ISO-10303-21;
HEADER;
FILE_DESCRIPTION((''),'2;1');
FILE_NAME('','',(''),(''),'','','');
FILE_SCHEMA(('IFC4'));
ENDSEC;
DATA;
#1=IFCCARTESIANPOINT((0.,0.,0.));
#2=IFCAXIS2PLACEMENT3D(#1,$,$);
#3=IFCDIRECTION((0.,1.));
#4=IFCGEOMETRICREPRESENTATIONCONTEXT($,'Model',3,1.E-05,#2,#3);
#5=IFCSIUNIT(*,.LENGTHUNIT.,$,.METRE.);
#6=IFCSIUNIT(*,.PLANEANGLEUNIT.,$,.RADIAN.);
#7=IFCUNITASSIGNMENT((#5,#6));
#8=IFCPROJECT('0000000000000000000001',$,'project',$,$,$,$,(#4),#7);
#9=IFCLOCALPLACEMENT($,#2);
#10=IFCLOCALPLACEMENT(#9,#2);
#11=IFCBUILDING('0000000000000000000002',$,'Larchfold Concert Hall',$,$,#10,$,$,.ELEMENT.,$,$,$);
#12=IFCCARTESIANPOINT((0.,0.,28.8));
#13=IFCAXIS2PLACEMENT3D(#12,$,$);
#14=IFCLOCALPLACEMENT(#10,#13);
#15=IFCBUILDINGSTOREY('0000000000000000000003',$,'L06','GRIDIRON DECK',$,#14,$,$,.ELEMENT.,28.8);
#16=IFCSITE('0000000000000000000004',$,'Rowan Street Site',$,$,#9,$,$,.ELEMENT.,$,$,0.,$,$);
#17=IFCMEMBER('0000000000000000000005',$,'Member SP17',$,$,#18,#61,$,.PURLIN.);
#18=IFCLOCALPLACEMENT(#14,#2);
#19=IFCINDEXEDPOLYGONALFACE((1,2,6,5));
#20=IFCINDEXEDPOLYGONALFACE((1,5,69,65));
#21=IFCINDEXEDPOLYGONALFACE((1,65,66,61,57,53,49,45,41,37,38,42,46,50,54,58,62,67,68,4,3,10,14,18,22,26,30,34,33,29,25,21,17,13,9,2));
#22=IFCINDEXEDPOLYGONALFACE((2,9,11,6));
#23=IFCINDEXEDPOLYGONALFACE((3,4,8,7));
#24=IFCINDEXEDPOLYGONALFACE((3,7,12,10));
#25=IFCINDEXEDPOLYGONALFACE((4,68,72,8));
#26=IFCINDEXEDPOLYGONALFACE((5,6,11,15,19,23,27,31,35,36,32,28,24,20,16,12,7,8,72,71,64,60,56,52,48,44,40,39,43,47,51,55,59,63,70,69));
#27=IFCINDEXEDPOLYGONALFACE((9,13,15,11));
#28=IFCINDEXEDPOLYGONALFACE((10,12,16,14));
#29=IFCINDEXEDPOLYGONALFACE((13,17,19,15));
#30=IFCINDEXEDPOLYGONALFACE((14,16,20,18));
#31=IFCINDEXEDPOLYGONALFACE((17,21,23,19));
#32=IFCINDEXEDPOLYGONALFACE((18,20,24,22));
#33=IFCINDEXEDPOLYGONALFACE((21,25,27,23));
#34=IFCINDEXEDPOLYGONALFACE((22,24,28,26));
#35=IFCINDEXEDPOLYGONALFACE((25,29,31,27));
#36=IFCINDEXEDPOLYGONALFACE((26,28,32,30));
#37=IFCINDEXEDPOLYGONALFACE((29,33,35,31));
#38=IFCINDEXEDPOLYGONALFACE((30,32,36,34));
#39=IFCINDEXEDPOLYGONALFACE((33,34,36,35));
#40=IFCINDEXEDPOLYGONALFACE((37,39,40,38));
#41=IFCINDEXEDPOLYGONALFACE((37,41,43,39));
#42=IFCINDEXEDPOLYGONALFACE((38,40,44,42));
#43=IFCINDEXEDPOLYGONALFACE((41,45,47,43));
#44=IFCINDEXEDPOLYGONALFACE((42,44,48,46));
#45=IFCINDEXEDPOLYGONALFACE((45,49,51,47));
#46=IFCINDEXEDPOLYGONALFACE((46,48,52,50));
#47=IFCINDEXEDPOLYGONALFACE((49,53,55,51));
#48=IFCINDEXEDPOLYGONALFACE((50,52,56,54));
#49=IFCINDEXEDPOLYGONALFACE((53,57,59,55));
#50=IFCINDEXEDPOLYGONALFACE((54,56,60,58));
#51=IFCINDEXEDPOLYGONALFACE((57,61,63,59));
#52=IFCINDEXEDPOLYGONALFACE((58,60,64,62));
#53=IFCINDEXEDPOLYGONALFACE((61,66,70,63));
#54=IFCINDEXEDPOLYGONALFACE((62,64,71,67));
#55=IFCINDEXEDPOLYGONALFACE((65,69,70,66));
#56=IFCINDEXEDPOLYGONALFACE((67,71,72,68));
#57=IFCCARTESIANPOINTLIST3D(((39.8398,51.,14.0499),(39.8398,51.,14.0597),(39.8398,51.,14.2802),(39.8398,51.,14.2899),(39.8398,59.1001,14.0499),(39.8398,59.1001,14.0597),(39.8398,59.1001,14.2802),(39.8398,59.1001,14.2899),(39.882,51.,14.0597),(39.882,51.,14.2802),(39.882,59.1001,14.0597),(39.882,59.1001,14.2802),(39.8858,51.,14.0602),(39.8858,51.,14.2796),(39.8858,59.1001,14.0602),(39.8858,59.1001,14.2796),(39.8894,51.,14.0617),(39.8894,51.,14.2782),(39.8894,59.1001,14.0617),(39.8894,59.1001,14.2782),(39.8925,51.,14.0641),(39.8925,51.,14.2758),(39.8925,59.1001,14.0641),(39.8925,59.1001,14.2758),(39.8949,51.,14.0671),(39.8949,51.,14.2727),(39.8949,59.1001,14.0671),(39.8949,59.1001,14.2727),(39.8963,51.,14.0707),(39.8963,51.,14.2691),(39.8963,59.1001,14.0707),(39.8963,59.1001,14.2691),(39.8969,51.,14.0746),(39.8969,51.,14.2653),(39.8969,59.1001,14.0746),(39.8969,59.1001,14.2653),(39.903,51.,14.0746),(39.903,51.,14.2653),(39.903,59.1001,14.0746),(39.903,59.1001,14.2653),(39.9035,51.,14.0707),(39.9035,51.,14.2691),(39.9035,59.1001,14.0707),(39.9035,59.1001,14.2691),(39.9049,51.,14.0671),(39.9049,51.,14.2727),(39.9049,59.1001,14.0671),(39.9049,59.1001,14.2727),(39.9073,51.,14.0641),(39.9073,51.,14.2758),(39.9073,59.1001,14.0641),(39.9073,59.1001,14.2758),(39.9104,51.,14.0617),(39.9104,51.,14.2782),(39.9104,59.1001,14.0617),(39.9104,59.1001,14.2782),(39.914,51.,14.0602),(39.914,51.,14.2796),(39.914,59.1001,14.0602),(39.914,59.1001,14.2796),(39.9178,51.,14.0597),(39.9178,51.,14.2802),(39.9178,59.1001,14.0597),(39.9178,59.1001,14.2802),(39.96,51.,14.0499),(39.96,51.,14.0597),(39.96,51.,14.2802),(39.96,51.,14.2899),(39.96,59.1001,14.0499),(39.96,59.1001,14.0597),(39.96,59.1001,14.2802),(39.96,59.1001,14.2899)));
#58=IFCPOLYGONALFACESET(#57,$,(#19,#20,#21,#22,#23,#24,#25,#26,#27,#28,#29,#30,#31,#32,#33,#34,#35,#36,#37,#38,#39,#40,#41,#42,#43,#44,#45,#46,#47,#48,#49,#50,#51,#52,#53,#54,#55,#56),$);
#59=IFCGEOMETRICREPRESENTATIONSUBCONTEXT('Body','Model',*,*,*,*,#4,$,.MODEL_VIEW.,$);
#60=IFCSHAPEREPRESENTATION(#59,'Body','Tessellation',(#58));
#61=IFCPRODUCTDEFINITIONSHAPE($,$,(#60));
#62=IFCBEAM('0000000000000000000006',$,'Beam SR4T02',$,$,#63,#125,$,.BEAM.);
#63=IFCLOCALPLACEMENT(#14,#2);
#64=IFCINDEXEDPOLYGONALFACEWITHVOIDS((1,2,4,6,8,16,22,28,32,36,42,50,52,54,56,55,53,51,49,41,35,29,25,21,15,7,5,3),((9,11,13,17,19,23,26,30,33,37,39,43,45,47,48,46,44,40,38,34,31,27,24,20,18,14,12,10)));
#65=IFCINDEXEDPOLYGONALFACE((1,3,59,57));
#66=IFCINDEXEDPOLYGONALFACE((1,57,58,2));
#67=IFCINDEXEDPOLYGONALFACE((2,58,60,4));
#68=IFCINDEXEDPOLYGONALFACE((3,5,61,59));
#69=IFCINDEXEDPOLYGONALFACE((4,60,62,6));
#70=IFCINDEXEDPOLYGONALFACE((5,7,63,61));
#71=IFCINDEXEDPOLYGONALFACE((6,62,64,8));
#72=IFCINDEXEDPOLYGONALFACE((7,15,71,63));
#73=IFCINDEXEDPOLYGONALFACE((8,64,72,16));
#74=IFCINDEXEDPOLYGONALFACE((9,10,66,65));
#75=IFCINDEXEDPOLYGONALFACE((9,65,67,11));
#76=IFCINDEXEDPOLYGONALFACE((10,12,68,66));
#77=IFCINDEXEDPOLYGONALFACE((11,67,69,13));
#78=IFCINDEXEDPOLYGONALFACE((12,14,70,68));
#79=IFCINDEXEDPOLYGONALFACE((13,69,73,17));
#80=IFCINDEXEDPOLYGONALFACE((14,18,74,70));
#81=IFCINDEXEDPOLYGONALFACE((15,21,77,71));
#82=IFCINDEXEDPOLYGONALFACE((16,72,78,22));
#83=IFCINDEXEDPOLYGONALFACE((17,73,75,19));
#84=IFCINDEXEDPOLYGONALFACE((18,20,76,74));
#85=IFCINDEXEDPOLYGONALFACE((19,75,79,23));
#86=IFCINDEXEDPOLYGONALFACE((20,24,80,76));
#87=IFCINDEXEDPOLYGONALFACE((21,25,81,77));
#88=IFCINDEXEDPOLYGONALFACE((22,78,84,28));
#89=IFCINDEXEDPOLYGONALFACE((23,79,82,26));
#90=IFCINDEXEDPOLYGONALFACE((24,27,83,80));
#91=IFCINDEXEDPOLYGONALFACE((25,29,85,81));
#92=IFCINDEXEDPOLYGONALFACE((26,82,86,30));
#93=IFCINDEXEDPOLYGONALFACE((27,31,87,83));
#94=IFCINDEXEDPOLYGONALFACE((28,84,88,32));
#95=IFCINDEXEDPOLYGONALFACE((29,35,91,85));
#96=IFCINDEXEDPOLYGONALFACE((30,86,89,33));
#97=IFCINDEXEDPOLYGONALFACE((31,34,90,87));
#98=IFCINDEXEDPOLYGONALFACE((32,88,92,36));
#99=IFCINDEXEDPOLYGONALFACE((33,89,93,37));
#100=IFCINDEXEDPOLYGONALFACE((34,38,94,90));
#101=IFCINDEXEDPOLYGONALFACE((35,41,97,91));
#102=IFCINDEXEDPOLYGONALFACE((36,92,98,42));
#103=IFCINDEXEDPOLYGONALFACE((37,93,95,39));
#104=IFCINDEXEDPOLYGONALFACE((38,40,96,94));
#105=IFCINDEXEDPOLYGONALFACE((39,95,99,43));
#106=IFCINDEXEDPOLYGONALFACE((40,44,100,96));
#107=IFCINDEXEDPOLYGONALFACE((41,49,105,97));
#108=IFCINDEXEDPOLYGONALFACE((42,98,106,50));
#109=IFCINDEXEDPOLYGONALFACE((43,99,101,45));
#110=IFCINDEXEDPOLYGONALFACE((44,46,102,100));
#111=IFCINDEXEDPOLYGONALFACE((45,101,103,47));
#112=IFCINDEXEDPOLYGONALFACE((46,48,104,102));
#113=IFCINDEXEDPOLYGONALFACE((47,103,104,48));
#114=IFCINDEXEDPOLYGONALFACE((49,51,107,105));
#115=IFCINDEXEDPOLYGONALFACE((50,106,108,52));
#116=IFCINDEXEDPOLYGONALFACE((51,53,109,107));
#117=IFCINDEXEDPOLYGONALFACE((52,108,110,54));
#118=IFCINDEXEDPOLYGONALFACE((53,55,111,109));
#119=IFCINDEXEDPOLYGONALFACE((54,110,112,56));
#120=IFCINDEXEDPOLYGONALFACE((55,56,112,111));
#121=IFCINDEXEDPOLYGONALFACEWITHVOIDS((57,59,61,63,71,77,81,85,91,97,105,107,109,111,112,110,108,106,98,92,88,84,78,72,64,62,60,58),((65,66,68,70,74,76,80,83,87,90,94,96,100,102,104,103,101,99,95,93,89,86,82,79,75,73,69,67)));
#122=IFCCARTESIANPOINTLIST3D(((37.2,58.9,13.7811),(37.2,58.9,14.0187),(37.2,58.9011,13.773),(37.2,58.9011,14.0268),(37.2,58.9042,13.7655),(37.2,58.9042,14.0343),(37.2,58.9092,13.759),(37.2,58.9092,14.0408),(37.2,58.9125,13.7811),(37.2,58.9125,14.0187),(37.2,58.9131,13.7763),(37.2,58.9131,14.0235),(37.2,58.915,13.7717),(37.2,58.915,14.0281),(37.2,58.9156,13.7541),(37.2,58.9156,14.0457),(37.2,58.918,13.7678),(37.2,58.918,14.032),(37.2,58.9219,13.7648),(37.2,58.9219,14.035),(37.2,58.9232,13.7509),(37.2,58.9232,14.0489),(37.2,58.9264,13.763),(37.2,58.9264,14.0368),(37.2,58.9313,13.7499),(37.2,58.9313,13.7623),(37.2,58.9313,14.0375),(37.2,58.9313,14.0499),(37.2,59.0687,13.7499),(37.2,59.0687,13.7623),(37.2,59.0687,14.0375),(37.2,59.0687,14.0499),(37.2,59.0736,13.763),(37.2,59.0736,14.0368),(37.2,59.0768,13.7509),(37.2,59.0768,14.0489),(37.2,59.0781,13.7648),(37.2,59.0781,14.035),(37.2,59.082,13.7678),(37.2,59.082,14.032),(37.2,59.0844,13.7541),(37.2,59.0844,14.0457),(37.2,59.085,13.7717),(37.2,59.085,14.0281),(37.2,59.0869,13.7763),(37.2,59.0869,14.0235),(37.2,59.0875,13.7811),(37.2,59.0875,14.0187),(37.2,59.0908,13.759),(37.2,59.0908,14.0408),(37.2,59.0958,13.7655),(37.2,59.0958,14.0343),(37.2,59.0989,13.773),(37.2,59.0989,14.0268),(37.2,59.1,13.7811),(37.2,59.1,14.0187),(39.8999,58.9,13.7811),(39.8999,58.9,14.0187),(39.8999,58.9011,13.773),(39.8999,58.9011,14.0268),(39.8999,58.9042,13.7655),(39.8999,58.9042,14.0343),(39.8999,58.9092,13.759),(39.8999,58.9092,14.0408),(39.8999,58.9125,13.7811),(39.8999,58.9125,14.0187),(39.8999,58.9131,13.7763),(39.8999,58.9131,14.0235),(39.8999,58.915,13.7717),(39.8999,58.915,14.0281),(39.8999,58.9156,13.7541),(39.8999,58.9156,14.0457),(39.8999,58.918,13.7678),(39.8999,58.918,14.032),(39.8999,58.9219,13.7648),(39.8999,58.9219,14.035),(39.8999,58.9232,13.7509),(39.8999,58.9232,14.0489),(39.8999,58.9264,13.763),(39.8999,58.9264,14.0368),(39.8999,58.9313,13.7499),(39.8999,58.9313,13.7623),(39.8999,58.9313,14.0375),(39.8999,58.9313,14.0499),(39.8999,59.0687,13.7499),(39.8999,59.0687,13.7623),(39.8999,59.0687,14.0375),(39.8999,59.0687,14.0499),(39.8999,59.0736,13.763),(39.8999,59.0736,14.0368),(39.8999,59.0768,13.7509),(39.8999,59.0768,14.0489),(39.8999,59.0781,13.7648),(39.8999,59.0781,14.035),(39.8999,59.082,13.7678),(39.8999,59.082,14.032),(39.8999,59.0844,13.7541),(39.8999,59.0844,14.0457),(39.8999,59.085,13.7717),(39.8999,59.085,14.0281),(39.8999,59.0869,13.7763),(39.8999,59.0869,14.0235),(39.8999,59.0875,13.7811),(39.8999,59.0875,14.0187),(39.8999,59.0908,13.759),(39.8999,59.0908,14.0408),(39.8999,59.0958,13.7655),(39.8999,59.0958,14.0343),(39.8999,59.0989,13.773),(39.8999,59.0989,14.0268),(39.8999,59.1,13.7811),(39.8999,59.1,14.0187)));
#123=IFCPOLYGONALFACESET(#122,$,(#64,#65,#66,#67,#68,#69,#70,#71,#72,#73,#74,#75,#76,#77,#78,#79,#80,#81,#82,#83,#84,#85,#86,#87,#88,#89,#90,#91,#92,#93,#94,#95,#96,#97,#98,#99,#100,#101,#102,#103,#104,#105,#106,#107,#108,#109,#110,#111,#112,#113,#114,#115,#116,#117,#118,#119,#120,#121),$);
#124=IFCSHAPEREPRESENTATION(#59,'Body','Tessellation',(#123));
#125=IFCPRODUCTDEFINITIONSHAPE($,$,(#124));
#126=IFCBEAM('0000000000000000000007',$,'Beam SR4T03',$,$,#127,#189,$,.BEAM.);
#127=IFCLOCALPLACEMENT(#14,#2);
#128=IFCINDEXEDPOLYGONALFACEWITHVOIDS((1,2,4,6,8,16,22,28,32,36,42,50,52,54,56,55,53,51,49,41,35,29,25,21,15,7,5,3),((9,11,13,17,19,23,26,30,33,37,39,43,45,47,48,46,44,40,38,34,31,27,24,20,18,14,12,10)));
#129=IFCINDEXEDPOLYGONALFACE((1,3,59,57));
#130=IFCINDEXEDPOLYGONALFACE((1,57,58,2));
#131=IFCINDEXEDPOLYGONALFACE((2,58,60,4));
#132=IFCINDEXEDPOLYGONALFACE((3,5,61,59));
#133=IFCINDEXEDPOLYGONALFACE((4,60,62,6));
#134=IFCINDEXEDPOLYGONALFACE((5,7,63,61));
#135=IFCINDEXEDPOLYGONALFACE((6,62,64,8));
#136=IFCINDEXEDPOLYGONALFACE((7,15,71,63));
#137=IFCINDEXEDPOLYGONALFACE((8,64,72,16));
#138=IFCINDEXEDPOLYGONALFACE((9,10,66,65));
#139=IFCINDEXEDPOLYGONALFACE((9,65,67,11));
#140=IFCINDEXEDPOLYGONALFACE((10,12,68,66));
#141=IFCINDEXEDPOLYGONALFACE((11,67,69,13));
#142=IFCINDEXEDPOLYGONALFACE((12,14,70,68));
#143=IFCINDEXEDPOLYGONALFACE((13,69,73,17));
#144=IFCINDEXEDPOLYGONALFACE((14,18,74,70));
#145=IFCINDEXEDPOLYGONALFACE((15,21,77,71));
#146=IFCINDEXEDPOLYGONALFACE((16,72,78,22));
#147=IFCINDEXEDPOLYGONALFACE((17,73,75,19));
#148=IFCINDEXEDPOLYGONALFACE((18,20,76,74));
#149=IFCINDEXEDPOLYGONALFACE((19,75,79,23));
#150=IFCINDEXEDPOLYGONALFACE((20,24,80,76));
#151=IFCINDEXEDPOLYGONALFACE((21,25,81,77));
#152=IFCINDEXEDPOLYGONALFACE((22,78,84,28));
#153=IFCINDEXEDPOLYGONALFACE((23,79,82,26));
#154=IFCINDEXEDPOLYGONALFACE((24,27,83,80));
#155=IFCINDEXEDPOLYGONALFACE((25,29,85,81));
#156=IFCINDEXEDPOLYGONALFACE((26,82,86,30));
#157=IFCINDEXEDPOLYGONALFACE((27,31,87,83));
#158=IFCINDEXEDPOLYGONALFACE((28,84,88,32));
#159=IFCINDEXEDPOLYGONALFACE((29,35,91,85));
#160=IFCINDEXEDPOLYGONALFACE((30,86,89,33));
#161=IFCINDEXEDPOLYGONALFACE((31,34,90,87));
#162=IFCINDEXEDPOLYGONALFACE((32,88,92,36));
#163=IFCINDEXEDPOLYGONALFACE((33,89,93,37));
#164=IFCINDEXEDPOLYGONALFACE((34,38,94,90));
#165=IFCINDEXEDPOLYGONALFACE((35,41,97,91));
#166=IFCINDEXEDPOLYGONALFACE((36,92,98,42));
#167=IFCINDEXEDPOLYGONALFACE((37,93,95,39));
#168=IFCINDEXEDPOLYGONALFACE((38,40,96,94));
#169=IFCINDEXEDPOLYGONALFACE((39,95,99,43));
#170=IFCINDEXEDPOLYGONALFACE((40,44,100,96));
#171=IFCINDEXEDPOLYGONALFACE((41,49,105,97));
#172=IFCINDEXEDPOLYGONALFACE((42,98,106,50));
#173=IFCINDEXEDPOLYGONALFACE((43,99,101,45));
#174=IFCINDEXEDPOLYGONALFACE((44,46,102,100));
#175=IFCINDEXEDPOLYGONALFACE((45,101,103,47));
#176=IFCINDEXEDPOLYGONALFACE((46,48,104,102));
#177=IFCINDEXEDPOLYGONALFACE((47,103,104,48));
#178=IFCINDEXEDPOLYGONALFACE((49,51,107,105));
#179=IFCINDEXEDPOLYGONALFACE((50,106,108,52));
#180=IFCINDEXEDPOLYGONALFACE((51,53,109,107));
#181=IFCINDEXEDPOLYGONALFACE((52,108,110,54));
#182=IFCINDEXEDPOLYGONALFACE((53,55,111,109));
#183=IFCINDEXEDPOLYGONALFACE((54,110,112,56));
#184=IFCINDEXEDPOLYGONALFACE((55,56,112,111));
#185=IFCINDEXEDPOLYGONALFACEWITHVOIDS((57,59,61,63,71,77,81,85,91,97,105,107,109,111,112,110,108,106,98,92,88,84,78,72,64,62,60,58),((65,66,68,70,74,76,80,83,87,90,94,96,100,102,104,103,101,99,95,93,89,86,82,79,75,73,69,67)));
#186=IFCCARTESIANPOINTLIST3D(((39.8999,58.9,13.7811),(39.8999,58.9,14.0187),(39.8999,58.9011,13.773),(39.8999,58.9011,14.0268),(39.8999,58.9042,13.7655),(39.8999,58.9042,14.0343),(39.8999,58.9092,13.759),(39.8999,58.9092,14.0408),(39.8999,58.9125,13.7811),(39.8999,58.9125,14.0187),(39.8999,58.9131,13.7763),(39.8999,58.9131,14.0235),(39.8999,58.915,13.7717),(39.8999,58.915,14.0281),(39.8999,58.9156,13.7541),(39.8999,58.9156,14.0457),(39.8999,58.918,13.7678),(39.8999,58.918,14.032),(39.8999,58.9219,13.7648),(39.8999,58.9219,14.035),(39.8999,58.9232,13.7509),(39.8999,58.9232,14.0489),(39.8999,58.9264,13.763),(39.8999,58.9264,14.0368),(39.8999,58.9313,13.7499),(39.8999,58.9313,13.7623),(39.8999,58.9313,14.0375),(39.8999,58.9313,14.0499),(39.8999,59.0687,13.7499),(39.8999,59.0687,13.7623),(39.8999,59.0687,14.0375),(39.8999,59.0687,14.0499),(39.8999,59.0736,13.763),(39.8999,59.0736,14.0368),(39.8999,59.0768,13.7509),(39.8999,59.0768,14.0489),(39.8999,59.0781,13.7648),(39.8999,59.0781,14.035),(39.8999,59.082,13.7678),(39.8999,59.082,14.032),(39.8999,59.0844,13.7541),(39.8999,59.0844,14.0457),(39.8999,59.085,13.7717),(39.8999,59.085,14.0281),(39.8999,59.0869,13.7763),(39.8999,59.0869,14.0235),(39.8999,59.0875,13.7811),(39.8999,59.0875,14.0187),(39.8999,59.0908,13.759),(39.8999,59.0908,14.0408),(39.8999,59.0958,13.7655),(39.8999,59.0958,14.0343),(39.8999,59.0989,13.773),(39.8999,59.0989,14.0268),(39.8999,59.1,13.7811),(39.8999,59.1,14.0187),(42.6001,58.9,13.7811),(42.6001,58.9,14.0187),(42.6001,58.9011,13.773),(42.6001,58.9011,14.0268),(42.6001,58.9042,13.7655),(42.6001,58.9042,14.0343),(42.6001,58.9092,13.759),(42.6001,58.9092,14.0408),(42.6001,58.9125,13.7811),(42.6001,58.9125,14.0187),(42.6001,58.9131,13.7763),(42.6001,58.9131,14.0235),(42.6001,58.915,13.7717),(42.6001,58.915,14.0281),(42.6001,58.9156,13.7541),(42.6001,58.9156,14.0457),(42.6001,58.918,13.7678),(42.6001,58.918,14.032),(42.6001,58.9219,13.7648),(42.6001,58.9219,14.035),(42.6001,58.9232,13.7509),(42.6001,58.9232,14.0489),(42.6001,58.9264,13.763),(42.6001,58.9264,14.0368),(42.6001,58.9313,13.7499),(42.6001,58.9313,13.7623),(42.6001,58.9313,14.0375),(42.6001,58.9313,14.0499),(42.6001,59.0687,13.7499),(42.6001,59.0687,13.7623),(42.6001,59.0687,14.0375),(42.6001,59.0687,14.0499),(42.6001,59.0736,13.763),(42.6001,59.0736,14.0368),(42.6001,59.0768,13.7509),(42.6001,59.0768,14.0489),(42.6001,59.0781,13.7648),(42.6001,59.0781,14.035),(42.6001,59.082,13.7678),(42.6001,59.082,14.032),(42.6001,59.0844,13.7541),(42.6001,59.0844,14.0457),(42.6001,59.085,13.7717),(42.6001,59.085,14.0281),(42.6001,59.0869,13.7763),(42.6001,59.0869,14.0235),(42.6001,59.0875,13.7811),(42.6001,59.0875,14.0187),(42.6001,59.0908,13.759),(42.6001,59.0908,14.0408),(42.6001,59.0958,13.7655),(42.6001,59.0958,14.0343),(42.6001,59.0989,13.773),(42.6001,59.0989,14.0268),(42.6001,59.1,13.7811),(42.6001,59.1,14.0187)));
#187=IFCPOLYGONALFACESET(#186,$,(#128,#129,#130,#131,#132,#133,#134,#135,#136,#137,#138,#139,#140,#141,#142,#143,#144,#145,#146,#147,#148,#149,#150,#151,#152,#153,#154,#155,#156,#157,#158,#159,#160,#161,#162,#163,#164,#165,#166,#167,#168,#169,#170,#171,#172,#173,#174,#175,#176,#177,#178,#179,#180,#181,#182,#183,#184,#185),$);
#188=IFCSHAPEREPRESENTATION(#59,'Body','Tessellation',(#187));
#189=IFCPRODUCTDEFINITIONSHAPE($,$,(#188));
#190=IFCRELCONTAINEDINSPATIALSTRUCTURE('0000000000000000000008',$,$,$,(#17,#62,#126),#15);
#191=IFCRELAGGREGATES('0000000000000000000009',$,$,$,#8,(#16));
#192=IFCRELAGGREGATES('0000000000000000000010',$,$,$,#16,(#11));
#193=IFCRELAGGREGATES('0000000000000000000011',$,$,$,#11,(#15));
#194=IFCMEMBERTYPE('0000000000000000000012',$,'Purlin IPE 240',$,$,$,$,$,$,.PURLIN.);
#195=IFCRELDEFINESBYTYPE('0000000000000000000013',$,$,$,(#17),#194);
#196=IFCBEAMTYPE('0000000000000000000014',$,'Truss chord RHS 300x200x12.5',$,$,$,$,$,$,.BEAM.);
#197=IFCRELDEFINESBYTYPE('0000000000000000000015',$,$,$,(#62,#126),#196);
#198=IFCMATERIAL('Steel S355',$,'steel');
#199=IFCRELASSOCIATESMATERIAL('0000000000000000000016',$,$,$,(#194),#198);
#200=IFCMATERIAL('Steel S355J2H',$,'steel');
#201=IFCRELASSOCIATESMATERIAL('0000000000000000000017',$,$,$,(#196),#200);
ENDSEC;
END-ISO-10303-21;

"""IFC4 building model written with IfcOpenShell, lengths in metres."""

from ifc_helpers import new_model, si_unit, direction, frame, origin, origin_2d, place, context, subcontext, project, spatial, hollow_rectangle, i_section, extrude, material, material_profile, profile_set, type_object, element, save


model = new_model("IFC4")

# Units and contexts
model_context = context("Model", 3, precision=1e-05, world=origin(), true_north=direction((0.0, 1.0)))
body_context = subcontext(model_context, "Body", "Model", "MODEL_VIEW")
ifc_project = project(units=[si_unit("LENGTHUNIT", "METRE"), si_unit("PLANEANGLEUNIT", "RADIAN")], contexts=[model_context])

# Site, building, storey
site_placement = place(None, origin())
site = spatial("IfcSite", under=ifc_project, at=site_placement, Name="Rowan Street Site", CompositionType="ELEMENT", RefElevation=0.0)
building_placement = place(site_placement, origin())
building = spatial("IfcBuilding", under=site, at=building_placement, Name="Larchfold Concert Hall", CompositionType="ELEMENT")
storey_placement = place(building_placement, frame((0.0, 0.0, 28.8)))
storey = spatial("IfcBuildingStorey", under=building, at=storey_placement, Name="L06", Description="GRIDIRON DECK", CompositionType="ELEMENT", Elevation=28.8)

# Member
ifc_material_1 = material(Name="Steel S355", Category="steel")
ifc_material_profile_1 = material_profile(ifc_material_1, i_section(OverallWidth=0.1201, OverallDepth=0.24, WebThickness=0.0061, FlangeThickness=0.0098, FilletRadius=0.0149, at=origin_2d()))
ifc_profile_set_1 = profile_set([ifc_material_profile_1], Name="Steel S355")
member_type_1 = type_object("IfcMemberType", Name="Purlin IPE 240", PredefinedType="PURLIN", material=ifc_profile_set_1)
member_1_placement = place(storey_placement, frame((39.8999, 51.0, 14.1699), z_axis=(0.0, 1.0, 0.0), x_axis=(-1.0, 0.0, 0.0)))
element("IfcMember", 1, at=member_1_placement, inside=storey, type_object=member_type_1, Name="Member SP17", PredefinedType="PURLIN", context=body_context, shape_type="SweptSolid", body=[
    extrude(i_section(OverallWidth=0.1201, OverallDepth=0.24, WebThickness=0.0061, FlangeThickness=0.0098, FilletRadius=0.0149, at=origin_2d()), origin(), (0.0, 0.0, 1.0), 8.1001),
])

# Beams
ifc_material_2 = material(Name="Steel S355J2H", Category="steel")
ifc_material_profile_2 = material_profile(ifc_material_2, hollow_rectangle(XDim=0.2, YDim=0.3, WallThickness=0.0125, InnerFilletRadius=0.0188, OuterFilletRadius=0.0312, at=origin_2d()))
ifc_profile_set_2 = profile_set([ifc_material_profile_2], Name="Steel S355J2H")
beam_type_1 = type_object("IfcBeamType", Name="Truss chord RHS 300x200x12.5", PredefinedType="BEAM", material=ifc_profile_set_2)
beam_1_placement = place(storey_placement, frame((37.2, 59.0, 13.8999), z_axis=(1.0, 0.0, 0.0), x_axis=(0.0, 1.0, 0.0)))
element("IfcBeam", 2, at=beam_1_placement, inside=storey, type_object=beam_type_1, Name="Beam SR4T02", PredefinedType="BEAM", context=body_context, shape_type="SweptSolid", body=[
    extrude(hollow_rectangle(XDim=0.2, YDim=0.3, WallThickness=0.0125, InnerFilletRadius=0.0188, OuterFilletRadius=0.0312, at=origin_2d()), origin(), (0.0, 0.0, 1.0), 2.7),
])
beam_2_placement = place(storey_placement, frame((39.8999, 59.0, 13.8999), z_axis=(1.0, 0.0, 0.0), x_axis=(0.0, 1.0, 0.0)))
element("IfcBeam", 3, at=beam_2_placement, inside=storey, type_object=beam_type_1, Name="Beam SR4T03", PredefinedType="BEAM", context=body_context, shape_type="SweptSolid", body=[
    extrude(hollow_rectangle(XDim=0.2, YDim=0.3, WallThickness=0.0125, InnerFilletRadius=0.0188, OuterFilletRadius=0.0312, at=origin_2d()), origin(), (0.0, 0.0, 1.0), 2.7002),
])

save(model, "model.ifc")
